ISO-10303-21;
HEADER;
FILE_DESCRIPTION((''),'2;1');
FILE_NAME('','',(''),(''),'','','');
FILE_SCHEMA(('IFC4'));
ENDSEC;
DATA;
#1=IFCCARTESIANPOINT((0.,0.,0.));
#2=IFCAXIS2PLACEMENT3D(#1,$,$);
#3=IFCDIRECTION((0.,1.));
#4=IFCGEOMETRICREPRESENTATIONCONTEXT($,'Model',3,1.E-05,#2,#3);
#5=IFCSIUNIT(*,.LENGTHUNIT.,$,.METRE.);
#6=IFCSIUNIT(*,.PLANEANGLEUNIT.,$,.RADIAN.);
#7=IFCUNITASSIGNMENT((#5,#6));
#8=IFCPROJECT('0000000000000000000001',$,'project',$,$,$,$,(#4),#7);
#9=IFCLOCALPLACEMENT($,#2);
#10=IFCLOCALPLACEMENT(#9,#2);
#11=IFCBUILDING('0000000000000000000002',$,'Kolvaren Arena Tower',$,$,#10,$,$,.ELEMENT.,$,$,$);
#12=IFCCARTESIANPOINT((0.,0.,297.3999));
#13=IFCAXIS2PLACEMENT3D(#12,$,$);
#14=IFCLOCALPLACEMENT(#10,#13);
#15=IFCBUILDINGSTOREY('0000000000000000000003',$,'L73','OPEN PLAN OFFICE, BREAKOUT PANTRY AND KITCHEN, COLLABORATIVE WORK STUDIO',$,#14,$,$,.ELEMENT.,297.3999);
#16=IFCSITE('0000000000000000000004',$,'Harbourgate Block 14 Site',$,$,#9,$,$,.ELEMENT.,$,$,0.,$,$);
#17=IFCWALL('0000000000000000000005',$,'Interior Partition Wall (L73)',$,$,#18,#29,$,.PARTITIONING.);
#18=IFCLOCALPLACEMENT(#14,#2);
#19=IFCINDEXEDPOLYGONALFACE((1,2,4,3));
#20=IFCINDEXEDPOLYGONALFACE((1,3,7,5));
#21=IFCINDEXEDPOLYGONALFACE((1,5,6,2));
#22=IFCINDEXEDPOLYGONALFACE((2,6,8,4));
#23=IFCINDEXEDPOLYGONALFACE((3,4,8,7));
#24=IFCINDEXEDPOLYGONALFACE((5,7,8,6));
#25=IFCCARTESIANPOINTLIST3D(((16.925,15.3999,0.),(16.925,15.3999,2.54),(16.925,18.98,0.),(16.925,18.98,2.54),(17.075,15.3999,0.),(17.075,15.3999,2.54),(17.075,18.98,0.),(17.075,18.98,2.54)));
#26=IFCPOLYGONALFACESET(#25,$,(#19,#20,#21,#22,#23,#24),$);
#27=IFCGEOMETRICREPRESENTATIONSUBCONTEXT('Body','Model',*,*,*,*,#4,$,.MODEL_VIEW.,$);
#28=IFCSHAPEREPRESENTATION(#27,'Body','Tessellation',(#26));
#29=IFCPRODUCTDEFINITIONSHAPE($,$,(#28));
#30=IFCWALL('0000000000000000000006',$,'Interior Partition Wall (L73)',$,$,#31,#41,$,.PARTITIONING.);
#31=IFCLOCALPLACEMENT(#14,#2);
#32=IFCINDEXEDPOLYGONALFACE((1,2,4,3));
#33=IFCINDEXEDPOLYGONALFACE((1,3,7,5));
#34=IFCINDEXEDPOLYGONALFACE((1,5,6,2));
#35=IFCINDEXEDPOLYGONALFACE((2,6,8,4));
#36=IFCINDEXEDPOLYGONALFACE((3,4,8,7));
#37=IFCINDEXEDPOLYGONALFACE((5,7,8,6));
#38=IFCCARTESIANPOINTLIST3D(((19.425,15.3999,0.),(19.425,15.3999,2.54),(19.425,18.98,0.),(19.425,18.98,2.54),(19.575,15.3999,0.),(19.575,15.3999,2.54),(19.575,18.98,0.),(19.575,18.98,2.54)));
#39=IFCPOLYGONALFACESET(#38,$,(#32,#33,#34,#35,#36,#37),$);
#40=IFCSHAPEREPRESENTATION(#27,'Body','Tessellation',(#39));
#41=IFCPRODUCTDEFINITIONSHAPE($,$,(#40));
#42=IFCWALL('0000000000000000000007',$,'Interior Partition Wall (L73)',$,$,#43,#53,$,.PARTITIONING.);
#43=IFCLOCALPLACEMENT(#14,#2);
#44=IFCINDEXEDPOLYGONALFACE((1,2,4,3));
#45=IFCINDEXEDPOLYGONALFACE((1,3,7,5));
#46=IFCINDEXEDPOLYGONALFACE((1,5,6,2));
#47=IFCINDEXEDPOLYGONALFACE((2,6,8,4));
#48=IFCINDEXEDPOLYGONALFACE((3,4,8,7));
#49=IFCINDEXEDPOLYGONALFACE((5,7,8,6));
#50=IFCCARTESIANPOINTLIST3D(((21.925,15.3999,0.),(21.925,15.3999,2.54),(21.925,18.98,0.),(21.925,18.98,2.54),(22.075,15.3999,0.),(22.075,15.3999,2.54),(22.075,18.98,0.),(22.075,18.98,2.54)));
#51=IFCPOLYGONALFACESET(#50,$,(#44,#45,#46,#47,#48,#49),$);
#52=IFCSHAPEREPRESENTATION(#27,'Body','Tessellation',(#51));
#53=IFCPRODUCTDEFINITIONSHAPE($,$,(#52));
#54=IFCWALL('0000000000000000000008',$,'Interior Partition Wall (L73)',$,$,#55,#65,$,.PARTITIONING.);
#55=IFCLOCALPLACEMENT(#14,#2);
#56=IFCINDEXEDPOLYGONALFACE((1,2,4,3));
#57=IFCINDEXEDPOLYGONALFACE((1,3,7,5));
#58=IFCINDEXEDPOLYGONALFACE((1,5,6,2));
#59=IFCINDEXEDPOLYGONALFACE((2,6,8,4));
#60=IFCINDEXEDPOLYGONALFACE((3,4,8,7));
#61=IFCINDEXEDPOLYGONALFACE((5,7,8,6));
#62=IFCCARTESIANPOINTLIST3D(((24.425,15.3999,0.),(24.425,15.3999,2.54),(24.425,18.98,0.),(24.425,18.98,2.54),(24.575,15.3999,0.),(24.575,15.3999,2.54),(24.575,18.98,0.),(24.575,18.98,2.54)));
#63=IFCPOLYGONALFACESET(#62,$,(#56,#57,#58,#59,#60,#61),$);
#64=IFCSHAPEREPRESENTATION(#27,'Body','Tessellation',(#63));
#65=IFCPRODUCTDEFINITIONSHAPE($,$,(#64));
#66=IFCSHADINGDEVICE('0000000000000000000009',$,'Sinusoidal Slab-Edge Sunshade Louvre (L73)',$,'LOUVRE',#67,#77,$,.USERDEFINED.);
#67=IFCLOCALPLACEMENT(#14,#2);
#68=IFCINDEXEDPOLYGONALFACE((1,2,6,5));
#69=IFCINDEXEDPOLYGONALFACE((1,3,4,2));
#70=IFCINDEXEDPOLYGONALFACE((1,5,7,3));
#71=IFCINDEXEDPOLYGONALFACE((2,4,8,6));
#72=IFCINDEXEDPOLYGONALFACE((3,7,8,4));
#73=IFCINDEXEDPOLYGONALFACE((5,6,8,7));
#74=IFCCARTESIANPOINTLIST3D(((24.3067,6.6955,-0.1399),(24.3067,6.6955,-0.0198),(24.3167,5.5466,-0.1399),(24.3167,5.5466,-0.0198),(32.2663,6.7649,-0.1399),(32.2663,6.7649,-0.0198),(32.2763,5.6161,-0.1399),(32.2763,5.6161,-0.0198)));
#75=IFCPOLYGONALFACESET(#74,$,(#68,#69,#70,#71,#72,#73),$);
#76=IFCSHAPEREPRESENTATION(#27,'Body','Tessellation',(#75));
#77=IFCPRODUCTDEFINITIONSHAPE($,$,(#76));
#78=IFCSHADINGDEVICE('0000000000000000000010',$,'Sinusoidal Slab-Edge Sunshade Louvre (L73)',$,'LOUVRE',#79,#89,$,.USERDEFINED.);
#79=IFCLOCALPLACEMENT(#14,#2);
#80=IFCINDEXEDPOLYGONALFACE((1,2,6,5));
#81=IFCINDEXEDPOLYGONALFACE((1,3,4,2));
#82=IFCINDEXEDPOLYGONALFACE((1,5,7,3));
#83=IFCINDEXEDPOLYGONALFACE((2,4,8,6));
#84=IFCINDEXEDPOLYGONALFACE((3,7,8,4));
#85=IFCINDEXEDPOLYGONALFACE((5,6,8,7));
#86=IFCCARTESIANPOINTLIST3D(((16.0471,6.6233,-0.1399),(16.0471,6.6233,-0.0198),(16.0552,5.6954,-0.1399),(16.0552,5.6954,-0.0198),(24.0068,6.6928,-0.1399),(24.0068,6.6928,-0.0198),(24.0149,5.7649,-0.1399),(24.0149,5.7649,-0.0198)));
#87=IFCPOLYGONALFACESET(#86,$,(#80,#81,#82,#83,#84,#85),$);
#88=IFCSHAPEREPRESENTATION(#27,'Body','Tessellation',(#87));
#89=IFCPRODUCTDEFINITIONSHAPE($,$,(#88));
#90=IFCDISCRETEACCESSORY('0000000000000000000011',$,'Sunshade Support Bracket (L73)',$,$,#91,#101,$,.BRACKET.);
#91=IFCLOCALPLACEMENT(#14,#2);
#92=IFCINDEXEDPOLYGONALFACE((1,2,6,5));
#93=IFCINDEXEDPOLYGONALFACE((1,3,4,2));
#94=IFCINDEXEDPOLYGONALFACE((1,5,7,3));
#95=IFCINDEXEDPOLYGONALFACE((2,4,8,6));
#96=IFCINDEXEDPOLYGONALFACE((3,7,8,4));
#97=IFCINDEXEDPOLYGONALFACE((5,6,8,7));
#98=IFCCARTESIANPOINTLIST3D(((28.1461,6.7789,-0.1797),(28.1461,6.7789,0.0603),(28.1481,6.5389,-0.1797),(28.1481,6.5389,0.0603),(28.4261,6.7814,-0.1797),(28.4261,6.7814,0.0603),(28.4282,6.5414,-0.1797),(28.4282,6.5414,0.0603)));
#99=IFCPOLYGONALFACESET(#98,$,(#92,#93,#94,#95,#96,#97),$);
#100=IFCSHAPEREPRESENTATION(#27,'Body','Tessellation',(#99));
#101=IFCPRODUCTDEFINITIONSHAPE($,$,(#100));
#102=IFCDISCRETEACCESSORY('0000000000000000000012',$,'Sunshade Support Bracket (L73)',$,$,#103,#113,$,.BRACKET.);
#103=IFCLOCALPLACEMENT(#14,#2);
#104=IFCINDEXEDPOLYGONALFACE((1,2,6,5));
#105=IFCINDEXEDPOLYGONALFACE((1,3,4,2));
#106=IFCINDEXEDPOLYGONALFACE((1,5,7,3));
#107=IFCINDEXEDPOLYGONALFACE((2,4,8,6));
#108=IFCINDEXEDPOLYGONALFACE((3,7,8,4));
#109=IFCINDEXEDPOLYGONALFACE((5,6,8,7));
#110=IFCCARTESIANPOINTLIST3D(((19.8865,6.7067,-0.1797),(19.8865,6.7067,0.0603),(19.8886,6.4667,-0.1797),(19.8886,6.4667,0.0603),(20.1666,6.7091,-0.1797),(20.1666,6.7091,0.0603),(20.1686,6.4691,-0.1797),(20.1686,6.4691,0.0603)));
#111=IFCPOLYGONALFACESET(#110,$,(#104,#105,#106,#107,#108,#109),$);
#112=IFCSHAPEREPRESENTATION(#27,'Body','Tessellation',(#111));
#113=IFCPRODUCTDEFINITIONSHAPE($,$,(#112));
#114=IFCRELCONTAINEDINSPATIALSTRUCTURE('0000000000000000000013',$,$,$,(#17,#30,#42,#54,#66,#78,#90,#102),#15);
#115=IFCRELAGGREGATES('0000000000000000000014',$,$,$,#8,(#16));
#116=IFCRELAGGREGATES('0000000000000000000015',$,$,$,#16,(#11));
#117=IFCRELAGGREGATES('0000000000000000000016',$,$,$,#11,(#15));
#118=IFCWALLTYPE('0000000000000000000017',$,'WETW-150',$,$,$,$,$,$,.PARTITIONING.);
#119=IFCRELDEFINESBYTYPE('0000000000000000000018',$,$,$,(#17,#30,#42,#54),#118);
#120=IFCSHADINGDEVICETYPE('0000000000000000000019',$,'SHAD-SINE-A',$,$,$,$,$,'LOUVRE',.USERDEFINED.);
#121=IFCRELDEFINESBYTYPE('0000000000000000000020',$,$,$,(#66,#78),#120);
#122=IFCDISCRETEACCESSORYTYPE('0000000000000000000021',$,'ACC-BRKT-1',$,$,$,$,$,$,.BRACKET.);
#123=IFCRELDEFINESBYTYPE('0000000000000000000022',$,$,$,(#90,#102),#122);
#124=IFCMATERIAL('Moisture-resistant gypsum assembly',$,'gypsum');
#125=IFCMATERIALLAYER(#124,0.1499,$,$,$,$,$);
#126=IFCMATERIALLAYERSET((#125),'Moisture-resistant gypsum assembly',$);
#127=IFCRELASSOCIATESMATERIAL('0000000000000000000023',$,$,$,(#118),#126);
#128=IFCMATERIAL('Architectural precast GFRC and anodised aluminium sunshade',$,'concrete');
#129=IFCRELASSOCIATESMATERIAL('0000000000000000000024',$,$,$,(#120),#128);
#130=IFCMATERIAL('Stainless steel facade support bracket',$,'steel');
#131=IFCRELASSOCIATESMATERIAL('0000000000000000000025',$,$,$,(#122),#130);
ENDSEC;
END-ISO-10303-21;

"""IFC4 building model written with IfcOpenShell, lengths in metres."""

from ifc_helpers import new_model, si_unit, direction, frame, frame_2d, origin, origin_2d, place, context, subcontext, project, spatial, rectangle, extrude, material, layer, layer_set, type_object, element, save


model = new_model("IFC4")

# Units and contexts
model_context = context("Model", 3, precision=1e-05, world=origin(), true_north=direction((0.0, 1.0)))
body_context = subcontext(model_context, "Body", "Model", "MODEL_VIEW")
ifc_project = project(units=[si_unit("LENGTHUNIT", "METRE"), si_unit("PLANEANGLEUNIT", "RADIAN")], contexts=[model_context])

# Site, building, storey
site_placement = place(None, origin())
site = spatial("IfcSite", under=ifc_project, at=site_placement, Name="Harbourgate Block 14 Site", CompositionType="ELEMENT", RefElevation=0.0)
building_placement = place(site_placement, origin())
building = spatial("IfcBuilding", under=site, at=building_placement, Name="Kolvaren Arena Tower", CompositionType="ELEMENT")
storey_placement = place(building_placement, frame((0.0, 0.0, 297.3999)))
storey = spatial("IfcBuildingStorey", under=building, at=storey_placement, Name="L73", Description="OPEN PLAN OFFICE, BREAKOUT PANTRY AND KITCHEN, COLLABORATIVE WORK STUDIO", CompositionType="ELEMENT", Elevation=297.3999)

# Walls
ifc_material_1 = material(Name="Moisture-resistant gypsum assembly", Category="gypsum")
ifc_layer_1 = layer(ifc_material_1, 0.1499)
ifc_layer_set_1 = layer_set([ifc_layer_1], Name="Moisture-resistant gypsum assembly")
wall_type_1 = type_object("IfcWallType", Name="WETW-150", PredefinedType="PARTITIONING", material=ifc_layer_set_1)
for number, where, z_axis, x_axis, name in (
    (1, (17.0, 15.3999, 0.0), (0.0, 0.0, 1.0), (0.0, 1.0, 0.0), "Interior Partition Wall (L73)"),
    (2, (19.5, 15.3999, 0.0), (0.0, 0.0, 1.0), (0.0, 1.0, 0.0), "Interior Partition Wall (L73)"),
    (3, (22.0, 15.3999, 0.0), (0.0, 0.0, 1.0), (0.0, 1.0, 0.0), "Interior Partition Wall (L73)"),
    (4, (24.5, 15.3999, 0.0), (0.0, 0.0, 1.0), (0.0, 1.0, 0.0), "Interior Partition Wall (L73)"),
):
    element("IfcWall", number, at=place(storey_placement, frame(where, z_axis=z_axis, x_axis=x_axis)), inside=storey, type_object=wall_type_1, Name=name, PredefinedType="PARTITIONING", context=body_context, shape_type="SweptSolid", body=[
        extrude(rectangle(XDim=3.5801, YDim=0.1499, at=frame_2d((1.79, 0.0))), origin(), (0.0, 0.0, 1.0), 2.54),
    ])

# Shading devices
ifc_material_2 = material(Name="Architectural precast GFRC and anodised aluminium sunshade", Category="concrete")
shading_device_type = type_object("IfcShadingDeviceType", Name="SHAD-SINE-A", ElementType="LOUVRE", PredefinedType="USERDEFINED", material=ifc_material_2)
shading_device_1_placement = place(storey_placement, frame((28.2915, 6.1558, -0.1399), z_axis=(0.0, 0.0, 1.0), x_axis=(-0.999962, -0.008727, 0.0)))
element("IfcShadingDevice", 5, at=shading_device_1_placement, inside=storey, type_object=shading_device_type, Name="Sinusoidal Slab-Edge Sunshade Louvre (L73)", ObjectType="LOUVRE", PredefinedType="USERDEFINED", context=body_context, shape_type="SweptSolid", body=[
    extrude(rectangle(XDim=7.96, YDim=1.1489, at=origin_2d()), origin(), (0.0, 0.0, 1.0), 0.1201),
])
shading_device_2_placement = place(storey_placement, frame((20.031, 6.1941, -0.1399), z_axis=(0.0, 0.0, 1.0), x_axis=(-0.999962, -0.008727, 0.0)))
element("IfcShadingDevice", 6, at=shading_device_2_placement, inside=storey, type_object=shading_device_type, Name="Sinusoidal Slab-Edge Sunshade Louvre (L73)", ObjectType="LOUVRE", PredefinedType="USERDEFINED", context=body_context, shape_type="SweptSolid", body=[
    extrude(rectangle(XDim=7.96, YDim=0.928, at=origin_2d()), origin(), (0.0, 0.0, 1.0), 0.1201),
])

# Discrete accessories
ifc_material_3 = material(Name="Stainless steel facade support bracket", Category="steel")
discrete_accessory_type = type_object("IfcDiscreteAccessoryType", Name="ACC-BRKT-1", PredefinedType="BRACKET", material=ifc_material_3)
for number, where, z_axis, x_axis, name in (
    (7, (28.2871, 6.6602, -0.1797), (0.0, 0.0, 1.0), (-0.999962, -0.008727, 0.0), "Sunshade Support Bracket (L73)"),
    (8, (20.0276, 6.5879, -0.1797), (0.0, 0.0, 1.0), (-0.999962, -0.008727, 0.0), "Sunshade Support Bracket (L73)"),
):
    element("IfcDiscreteAccessory", number, at=place(storey_placement, frame(where, z_axis=z_axis, x_axis=x_axis)), inside=storey, type_object=discrete_accessory_type, Name=name, PredefinedType="BRACKET", context=body_context, shape_type="SweptSolid", body=[
        extrude(rectangle(XDim=0.28, YDim=0.24, at=origin_2d()), origin(), (0.0, 0.0, 1.0), 0.24),
    ])

save(model, "model.ifc")
